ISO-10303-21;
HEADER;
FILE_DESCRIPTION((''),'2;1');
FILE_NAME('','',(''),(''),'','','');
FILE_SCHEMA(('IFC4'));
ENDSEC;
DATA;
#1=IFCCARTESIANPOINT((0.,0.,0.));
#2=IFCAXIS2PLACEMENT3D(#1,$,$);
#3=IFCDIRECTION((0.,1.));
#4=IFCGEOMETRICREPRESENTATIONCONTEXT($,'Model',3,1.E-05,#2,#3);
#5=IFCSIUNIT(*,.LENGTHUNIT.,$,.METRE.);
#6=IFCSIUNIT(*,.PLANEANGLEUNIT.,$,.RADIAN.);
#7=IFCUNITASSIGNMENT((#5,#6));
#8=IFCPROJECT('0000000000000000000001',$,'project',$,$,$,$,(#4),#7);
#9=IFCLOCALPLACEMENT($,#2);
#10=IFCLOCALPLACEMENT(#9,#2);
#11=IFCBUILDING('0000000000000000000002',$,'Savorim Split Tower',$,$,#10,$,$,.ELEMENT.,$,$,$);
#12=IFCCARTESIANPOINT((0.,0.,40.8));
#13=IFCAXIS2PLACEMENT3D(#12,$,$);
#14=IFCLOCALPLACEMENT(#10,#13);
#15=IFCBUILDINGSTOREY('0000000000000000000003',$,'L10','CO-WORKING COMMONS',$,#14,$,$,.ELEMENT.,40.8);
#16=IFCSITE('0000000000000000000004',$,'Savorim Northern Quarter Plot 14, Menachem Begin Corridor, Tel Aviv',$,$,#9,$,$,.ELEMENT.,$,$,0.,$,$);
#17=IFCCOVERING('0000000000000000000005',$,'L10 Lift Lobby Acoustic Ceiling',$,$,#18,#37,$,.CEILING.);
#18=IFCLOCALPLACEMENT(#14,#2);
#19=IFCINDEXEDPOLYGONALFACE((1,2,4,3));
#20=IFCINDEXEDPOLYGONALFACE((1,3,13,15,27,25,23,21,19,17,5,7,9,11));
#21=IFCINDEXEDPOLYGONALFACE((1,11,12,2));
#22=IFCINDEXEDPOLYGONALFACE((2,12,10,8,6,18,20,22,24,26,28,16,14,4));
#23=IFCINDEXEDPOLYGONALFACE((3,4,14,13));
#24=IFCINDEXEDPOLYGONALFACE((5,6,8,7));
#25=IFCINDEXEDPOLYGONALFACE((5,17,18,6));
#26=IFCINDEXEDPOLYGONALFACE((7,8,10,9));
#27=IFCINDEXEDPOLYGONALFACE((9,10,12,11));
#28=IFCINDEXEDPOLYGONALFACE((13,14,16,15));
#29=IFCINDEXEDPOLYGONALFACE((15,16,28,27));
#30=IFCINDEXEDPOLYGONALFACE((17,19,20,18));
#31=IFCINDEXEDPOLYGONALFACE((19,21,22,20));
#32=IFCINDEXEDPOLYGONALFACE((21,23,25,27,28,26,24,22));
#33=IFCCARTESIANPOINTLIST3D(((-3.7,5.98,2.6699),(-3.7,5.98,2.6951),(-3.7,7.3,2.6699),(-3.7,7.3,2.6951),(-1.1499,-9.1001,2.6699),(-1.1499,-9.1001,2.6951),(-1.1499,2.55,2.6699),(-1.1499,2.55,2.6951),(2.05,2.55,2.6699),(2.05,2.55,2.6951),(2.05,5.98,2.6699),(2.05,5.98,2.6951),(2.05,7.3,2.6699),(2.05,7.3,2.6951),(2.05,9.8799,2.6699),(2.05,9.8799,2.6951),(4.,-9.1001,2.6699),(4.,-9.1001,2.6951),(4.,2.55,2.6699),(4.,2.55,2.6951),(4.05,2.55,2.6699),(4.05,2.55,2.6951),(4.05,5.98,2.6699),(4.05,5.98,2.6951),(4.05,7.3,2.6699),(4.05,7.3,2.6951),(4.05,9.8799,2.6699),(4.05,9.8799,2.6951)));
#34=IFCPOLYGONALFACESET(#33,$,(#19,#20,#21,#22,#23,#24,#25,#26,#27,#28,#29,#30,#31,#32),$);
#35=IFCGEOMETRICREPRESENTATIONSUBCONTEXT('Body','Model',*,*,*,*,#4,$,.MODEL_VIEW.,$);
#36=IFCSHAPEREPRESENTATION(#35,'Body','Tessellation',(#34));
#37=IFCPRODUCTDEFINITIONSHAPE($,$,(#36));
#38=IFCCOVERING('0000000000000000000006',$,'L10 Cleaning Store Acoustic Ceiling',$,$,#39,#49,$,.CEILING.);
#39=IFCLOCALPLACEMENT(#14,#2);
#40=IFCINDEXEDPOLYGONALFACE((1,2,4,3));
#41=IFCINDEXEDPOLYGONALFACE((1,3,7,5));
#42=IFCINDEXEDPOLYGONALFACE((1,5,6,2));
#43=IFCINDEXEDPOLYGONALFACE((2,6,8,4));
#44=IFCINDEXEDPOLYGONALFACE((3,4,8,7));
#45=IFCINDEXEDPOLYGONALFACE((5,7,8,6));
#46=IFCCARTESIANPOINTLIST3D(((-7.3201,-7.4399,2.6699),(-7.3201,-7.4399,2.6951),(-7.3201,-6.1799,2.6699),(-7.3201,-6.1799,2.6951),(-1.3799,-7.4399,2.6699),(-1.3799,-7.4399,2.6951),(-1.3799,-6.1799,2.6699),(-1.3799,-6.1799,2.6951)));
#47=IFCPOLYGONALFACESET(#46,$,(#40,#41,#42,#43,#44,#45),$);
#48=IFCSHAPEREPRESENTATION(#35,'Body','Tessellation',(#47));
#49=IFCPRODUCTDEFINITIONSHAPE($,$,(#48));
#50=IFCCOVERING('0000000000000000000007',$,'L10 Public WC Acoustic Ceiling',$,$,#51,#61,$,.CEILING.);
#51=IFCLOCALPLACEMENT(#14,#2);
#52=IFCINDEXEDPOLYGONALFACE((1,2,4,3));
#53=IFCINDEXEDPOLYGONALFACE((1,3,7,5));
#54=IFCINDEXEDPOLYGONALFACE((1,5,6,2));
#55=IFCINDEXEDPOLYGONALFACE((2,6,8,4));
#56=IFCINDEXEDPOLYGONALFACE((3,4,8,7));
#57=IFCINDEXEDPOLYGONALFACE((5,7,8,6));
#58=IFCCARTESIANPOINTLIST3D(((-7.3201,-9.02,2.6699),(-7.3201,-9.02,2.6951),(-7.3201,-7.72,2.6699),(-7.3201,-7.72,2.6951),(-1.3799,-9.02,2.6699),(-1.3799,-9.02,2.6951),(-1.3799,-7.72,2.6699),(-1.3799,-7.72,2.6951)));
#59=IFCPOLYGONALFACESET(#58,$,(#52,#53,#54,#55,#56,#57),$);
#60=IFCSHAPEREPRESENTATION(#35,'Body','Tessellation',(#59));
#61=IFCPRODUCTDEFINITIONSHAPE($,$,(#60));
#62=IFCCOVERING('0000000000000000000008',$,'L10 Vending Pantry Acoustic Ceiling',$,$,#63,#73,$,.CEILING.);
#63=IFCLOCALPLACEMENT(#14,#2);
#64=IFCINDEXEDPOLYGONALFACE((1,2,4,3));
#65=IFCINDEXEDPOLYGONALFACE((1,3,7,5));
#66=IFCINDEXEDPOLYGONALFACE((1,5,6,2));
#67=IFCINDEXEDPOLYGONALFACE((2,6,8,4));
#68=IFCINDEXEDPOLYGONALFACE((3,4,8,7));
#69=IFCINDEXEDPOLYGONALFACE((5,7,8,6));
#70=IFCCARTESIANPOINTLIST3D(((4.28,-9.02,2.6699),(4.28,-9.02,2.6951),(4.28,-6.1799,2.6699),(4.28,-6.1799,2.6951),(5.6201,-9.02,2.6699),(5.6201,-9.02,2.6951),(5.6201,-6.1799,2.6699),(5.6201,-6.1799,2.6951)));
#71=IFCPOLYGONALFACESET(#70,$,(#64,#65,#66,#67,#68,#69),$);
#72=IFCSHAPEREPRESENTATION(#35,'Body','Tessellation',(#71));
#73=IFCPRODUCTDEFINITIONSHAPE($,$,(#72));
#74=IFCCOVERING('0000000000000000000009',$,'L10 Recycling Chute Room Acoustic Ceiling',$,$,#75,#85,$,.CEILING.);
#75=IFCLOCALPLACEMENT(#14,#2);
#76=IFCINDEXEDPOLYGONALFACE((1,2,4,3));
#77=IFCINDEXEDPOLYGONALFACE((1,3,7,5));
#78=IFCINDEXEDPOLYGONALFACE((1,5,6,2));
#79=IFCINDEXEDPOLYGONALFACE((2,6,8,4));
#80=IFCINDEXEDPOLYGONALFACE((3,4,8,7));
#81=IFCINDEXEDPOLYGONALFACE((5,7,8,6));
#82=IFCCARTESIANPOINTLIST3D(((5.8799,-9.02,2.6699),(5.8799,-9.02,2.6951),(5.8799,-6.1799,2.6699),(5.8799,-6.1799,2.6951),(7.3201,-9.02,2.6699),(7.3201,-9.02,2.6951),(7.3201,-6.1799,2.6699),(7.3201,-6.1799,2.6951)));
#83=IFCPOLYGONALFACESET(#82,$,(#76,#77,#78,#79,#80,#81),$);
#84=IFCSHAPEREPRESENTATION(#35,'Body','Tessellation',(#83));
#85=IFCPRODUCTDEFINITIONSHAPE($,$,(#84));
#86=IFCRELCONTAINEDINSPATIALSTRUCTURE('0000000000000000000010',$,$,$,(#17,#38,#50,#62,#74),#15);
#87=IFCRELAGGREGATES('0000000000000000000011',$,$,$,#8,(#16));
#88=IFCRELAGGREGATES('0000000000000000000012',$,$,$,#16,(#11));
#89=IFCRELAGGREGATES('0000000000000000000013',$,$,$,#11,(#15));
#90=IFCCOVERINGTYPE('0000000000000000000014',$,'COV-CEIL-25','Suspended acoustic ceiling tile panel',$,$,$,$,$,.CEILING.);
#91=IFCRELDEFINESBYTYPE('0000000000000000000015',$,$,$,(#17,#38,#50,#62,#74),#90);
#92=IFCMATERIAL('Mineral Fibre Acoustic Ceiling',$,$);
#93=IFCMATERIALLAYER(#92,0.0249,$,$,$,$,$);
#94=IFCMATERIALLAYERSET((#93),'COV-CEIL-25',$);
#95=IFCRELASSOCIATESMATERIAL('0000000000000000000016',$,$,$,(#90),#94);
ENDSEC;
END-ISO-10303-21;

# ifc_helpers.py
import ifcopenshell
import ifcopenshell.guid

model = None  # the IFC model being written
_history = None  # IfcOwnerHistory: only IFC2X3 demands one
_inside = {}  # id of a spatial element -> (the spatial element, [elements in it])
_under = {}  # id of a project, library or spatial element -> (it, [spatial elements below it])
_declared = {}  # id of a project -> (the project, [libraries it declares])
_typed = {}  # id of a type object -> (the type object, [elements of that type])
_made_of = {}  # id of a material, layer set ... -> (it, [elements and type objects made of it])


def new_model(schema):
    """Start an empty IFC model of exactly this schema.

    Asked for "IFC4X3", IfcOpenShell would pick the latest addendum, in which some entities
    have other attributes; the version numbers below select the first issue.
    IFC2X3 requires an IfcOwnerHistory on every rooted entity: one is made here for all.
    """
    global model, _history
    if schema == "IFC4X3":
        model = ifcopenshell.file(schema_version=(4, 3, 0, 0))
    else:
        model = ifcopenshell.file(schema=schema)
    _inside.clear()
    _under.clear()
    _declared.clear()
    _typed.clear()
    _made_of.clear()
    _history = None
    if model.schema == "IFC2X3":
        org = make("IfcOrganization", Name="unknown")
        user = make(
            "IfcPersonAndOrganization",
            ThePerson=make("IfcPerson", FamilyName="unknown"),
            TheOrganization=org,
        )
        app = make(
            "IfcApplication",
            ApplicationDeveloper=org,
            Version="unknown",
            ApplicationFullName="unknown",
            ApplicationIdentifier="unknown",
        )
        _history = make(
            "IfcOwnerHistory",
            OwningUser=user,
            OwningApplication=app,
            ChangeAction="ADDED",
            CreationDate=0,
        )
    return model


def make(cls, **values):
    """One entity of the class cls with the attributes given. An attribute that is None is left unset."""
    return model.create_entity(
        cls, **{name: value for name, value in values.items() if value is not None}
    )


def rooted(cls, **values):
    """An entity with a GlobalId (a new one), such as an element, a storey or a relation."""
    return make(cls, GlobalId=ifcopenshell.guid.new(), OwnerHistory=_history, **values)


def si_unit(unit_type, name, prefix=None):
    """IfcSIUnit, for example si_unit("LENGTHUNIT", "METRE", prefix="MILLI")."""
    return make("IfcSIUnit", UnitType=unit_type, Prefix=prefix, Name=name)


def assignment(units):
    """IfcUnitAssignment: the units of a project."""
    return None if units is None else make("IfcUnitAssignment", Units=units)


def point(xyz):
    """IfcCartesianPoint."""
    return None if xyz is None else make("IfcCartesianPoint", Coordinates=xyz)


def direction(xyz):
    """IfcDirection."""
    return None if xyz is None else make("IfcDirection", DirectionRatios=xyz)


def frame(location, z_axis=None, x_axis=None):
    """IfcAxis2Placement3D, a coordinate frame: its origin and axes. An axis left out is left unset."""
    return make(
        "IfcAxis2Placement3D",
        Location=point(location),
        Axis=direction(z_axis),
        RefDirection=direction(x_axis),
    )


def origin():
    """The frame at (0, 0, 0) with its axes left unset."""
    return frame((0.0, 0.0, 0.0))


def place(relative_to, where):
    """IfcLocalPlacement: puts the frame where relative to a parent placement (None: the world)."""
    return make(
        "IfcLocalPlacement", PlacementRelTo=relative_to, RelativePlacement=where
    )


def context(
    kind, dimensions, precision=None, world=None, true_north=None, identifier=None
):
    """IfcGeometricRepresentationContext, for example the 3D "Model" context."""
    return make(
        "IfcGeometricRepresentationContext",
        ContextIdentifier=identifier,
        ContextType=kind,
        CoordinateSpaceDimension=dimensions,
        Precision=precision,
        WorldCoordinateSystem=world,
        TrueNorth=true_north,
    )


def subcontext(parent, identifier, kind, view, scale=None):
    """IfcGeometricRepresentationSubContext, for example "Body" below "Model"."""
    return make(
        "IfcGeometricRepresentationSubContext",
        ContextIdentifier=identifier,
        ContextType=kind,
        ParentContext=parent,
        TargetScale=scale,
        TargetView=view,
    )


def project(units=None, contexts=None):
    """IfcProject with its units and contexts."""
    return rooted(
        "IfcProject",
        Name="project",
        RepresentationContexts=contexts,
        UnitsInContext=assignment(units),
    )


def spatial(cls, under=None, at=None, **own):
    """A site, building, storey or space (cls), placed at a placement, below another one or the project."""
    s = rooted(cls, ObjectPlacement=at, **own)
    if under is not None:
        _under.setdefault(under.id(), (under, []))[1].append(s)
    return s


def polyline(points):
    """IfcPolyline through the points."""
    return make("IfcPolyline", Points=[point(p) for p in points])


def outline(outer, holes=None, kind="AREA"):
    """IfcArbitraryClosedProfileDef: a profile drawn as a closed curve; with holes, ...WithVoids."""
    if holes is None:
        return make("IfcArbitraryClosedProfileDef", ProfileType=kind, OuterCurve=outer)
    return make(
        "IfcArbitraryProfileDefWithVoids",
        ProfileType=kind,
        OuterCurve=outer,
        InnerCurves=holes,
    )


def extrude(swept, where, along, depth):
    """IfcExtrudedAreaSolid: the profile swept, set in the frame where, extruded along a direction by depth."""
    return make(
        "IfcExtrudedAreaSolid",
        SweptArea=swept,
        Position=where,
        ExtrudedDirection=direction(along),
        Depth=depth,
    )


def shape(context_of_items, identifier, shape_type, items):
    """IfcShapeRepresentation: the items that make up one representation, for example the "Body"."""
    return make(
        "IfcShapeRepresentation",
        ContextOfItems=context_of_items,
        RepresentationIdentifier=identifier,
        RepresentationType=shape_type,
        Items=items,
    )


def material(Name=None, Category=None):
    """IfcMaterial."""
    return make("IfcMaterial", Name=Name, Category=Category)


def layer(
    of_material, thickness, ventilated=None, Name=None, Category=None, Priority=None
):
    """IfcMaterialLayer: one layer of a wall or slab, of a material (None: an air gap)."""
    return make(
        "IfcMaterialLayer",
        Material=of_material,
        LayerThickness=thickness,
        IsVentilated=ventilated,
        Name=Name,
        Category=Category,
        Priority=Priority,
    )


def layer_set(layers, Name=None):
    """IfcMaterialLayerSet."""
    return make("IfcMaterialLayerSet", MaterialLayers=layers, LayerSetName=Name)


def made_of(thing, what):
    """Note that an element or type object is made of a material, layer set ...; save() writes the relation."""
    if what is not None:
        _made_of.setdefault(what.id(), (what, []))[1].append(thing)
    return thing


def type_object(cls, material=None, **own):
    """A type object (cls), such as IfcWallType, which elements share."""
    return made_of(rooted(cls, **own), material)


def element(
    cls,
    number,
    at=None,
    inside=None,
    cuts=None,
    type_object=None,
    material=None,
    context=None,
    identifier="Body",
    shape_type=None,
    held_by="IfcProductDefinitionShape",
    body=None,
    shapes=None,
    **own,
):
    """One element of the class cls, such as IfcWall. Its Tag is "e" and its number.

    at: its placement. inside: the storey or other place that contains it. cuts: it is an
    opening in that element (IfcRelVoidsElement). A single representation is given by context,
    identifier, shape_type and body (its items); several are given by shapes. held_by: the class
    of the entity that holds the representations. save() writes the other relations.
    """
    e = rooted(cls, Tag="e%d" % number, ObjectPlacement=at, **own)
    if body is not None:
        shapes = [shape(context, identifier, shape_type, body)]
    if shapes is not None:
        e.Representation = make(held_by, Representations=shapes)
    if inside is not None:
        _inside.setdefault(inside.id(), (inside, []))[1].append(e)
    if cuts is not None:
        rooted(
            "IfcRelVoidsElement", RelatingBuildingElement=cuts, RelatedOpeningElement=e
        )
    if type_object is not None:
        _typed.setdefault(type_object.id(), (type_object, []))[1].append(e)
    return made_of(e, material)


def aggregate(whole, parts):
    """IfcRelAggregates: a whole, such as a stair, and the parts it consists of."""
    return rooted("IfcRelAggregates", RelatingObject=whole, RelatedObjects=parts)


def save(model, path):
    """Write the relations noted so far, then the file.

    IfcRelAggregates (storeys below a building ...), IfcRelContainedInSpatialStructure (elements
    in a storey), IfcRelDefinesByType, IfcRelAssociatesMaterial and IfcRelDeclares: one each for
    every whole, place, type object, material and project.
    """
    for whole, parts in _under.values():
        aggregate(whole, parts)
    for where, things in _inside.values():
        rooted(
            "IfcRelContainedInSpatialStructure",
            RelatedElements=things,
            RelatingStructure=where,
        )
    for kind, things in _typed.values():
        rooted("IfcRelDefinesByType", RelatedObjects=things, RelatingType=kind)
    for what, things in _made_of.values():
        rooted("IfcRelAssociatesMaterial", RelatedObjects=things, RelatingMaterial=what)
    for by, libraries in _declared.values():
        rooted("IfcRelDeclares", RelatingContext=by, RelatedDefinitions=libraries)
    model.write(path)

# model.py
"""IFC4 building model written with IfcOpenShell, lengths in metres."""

from ifc_helpers import new_model, si_unit, direction, frame, origin, place, context, subcontext, project, spatial, polyline, outline, extrude, material, layer, layer_set, type_object, element, save


model = new_model("IFC4")

# Units and contexts
model_context = context("Model", 3, precision=1e-05, world=origin(), true_north=direction((0.0, 1.0)))
body_context = subcontext(model_context, "Body", "Model", "MODEL_VIEW")
ifc_project = project(units=[si_unit("LENGTHUNIT", "METRE"), si_unit("PLANEANGLEUNIT", "RADIAN")], contexts=[model_context])

# Site, building, storey
site_placement = place(None, origin())
site = spatial("IfcSite", under=ifc_project, at=site_placement, Name="Savorim Northern Quarter Plot 14, Menachem Begin Corridor, Tel Aviv", CompositionType="ELEMENT", RefElevation=0.0)
building_placement = place(site_placement, origin())
building = spatial("IfcBuilding", under=site, at=building_placement, Name="Savorim Split Tower", CompositionType="ELEMENT")
storey_placement = place(building_placement, frame((0.0, 0.0, 40.8)))
storey = spatial("IfcBuildingStorey", under=building, at=storey_placement, Name="L10", Description="CO-WORKING COMMONS", CompositionType="ELEMENT", Elevation=40.8)

# Coverings
ifc_material_1 = material(Name="Mineral Fibre Acoustic Ceiling")
ifc_layer_1 = layer(ifc_material_1, 0.0249)
ifc_layer_set_1 = layer_set([ifc_layer_1], Name="COV-CEIL-25")
covering_type_1 = type_object("IfcCoveringType", Name="COV-CEIL-25", Description="Suspended acoustic ceiling tile panel", PredefinedType="CEILING", material=ifc_layer_set_1)
covering_1_placement = place(storey_placement, frame((0.0, 0.0, 2.6699)))
element("IfcCovering", 1, at=covering_1_placement, inside=storey, type_object=covering_type_1, Name="L10 Lift Lobby Acoustic Ceiling", PredefinedType="CEILING", context=body_context, shape_type="SweptSolid", body=[
    extrude(outline(polyline([(2.05, 2.55), (-1.1499, 2.55), (-1.1499, -9.1001), (4.0, -9.1001), (4.0, 2.55), (4.05, 2.55), (4.05, 5.98), (4.05, 7.3), (4.05, 9.8799), (2.05, 9.8799), (2.05, 7.3), (-3.7, 7.3), (-3.7, 5.98), (2.05, 5.98), (2.05, 2.55)])), origin(), (0.0, 0.0, 1.0), 0.0251),
])
covering_2_placement = place(storey_placement, frame((0.0, 0.0, 2.6699)))
element("IfcCovering", 2, at=covering_2_placement, inside=storey, type_object=covering_type_1, Name="L10 Cleaning Store Acoustic Ceiling", PredefinedType="CEILING", context=body_context, shape_type="SweptSolid", body=[
    extrude(outline(polyline([(-7.3201, -6.1799), (-7.3201, -7.4399), (-1.3799, -7.4399), (-1.3799, -6.1799), (-7.3201, -6.1799)])), origin(), (0.0, 0.0, 1.0), 0.0251),
])
covering_3_placement = place(storey_placement, frame((0.0, 0.0, 2.6699)))
element("IfcCovering", 3, at=covering_3_placement, inside=storey, type_object=covering_type_1, Name="L10 Public WC Acoustic Ceiling", PredefinedType="CEILING", context=body_context, shape_type="SweptSolid", body=[
    extrude(outline(polyline([(-7.3201, -7.72), (-7.3201, -9.02), (-1.3799, -9.02), (-1.3799, -7.72), (-7.3201, -7.72)])), origin(), (0.0, 0.0, 1.0), 0.0251),
])
covering_4_placement = place(storey_placement, frame((0.0, 0.0, 2.6699)))
element("IfcCovering", 4, at=covering_4_placement, inside=storey, type_object=covering_type_1, Name="L10 Vending Pantry Acoustic Ceiling", PredefinedType="CEILING", context=body_context, shape_type="SweptSolid", body=[
    extrude(outline(polyline([(4.28, -6.1799), (4.28, -9.02), (5.6201, -9.02), (5.6201, -6.1799), (4.28, -6.1799)])), origin(), (0.0, 0.0, 1.0), 0.0251),
])
covering_5_placement = place(storey_placement, frame((0.0, 0.0, 2.6699)))
element("IfcCovering", 5, at=covering_5_placement, inside=storey, type_object=covering_type_1, Name="L10 Recycling Chute Room Acoustic Ceiling", PredefinedType="CEILING", context=body_context, shape_type="SweptSolid", body=[
    extrude(outline(polyline([(5.8799, -6.1799), (5.8799, -9.02), (7.3201, -9.02), (7.3201, -6.1799), (5.8799, -6.1799)])), origin(), (0.0, 0.0, 1.0), 0.0251),
])

save(model, "model.ifc")
